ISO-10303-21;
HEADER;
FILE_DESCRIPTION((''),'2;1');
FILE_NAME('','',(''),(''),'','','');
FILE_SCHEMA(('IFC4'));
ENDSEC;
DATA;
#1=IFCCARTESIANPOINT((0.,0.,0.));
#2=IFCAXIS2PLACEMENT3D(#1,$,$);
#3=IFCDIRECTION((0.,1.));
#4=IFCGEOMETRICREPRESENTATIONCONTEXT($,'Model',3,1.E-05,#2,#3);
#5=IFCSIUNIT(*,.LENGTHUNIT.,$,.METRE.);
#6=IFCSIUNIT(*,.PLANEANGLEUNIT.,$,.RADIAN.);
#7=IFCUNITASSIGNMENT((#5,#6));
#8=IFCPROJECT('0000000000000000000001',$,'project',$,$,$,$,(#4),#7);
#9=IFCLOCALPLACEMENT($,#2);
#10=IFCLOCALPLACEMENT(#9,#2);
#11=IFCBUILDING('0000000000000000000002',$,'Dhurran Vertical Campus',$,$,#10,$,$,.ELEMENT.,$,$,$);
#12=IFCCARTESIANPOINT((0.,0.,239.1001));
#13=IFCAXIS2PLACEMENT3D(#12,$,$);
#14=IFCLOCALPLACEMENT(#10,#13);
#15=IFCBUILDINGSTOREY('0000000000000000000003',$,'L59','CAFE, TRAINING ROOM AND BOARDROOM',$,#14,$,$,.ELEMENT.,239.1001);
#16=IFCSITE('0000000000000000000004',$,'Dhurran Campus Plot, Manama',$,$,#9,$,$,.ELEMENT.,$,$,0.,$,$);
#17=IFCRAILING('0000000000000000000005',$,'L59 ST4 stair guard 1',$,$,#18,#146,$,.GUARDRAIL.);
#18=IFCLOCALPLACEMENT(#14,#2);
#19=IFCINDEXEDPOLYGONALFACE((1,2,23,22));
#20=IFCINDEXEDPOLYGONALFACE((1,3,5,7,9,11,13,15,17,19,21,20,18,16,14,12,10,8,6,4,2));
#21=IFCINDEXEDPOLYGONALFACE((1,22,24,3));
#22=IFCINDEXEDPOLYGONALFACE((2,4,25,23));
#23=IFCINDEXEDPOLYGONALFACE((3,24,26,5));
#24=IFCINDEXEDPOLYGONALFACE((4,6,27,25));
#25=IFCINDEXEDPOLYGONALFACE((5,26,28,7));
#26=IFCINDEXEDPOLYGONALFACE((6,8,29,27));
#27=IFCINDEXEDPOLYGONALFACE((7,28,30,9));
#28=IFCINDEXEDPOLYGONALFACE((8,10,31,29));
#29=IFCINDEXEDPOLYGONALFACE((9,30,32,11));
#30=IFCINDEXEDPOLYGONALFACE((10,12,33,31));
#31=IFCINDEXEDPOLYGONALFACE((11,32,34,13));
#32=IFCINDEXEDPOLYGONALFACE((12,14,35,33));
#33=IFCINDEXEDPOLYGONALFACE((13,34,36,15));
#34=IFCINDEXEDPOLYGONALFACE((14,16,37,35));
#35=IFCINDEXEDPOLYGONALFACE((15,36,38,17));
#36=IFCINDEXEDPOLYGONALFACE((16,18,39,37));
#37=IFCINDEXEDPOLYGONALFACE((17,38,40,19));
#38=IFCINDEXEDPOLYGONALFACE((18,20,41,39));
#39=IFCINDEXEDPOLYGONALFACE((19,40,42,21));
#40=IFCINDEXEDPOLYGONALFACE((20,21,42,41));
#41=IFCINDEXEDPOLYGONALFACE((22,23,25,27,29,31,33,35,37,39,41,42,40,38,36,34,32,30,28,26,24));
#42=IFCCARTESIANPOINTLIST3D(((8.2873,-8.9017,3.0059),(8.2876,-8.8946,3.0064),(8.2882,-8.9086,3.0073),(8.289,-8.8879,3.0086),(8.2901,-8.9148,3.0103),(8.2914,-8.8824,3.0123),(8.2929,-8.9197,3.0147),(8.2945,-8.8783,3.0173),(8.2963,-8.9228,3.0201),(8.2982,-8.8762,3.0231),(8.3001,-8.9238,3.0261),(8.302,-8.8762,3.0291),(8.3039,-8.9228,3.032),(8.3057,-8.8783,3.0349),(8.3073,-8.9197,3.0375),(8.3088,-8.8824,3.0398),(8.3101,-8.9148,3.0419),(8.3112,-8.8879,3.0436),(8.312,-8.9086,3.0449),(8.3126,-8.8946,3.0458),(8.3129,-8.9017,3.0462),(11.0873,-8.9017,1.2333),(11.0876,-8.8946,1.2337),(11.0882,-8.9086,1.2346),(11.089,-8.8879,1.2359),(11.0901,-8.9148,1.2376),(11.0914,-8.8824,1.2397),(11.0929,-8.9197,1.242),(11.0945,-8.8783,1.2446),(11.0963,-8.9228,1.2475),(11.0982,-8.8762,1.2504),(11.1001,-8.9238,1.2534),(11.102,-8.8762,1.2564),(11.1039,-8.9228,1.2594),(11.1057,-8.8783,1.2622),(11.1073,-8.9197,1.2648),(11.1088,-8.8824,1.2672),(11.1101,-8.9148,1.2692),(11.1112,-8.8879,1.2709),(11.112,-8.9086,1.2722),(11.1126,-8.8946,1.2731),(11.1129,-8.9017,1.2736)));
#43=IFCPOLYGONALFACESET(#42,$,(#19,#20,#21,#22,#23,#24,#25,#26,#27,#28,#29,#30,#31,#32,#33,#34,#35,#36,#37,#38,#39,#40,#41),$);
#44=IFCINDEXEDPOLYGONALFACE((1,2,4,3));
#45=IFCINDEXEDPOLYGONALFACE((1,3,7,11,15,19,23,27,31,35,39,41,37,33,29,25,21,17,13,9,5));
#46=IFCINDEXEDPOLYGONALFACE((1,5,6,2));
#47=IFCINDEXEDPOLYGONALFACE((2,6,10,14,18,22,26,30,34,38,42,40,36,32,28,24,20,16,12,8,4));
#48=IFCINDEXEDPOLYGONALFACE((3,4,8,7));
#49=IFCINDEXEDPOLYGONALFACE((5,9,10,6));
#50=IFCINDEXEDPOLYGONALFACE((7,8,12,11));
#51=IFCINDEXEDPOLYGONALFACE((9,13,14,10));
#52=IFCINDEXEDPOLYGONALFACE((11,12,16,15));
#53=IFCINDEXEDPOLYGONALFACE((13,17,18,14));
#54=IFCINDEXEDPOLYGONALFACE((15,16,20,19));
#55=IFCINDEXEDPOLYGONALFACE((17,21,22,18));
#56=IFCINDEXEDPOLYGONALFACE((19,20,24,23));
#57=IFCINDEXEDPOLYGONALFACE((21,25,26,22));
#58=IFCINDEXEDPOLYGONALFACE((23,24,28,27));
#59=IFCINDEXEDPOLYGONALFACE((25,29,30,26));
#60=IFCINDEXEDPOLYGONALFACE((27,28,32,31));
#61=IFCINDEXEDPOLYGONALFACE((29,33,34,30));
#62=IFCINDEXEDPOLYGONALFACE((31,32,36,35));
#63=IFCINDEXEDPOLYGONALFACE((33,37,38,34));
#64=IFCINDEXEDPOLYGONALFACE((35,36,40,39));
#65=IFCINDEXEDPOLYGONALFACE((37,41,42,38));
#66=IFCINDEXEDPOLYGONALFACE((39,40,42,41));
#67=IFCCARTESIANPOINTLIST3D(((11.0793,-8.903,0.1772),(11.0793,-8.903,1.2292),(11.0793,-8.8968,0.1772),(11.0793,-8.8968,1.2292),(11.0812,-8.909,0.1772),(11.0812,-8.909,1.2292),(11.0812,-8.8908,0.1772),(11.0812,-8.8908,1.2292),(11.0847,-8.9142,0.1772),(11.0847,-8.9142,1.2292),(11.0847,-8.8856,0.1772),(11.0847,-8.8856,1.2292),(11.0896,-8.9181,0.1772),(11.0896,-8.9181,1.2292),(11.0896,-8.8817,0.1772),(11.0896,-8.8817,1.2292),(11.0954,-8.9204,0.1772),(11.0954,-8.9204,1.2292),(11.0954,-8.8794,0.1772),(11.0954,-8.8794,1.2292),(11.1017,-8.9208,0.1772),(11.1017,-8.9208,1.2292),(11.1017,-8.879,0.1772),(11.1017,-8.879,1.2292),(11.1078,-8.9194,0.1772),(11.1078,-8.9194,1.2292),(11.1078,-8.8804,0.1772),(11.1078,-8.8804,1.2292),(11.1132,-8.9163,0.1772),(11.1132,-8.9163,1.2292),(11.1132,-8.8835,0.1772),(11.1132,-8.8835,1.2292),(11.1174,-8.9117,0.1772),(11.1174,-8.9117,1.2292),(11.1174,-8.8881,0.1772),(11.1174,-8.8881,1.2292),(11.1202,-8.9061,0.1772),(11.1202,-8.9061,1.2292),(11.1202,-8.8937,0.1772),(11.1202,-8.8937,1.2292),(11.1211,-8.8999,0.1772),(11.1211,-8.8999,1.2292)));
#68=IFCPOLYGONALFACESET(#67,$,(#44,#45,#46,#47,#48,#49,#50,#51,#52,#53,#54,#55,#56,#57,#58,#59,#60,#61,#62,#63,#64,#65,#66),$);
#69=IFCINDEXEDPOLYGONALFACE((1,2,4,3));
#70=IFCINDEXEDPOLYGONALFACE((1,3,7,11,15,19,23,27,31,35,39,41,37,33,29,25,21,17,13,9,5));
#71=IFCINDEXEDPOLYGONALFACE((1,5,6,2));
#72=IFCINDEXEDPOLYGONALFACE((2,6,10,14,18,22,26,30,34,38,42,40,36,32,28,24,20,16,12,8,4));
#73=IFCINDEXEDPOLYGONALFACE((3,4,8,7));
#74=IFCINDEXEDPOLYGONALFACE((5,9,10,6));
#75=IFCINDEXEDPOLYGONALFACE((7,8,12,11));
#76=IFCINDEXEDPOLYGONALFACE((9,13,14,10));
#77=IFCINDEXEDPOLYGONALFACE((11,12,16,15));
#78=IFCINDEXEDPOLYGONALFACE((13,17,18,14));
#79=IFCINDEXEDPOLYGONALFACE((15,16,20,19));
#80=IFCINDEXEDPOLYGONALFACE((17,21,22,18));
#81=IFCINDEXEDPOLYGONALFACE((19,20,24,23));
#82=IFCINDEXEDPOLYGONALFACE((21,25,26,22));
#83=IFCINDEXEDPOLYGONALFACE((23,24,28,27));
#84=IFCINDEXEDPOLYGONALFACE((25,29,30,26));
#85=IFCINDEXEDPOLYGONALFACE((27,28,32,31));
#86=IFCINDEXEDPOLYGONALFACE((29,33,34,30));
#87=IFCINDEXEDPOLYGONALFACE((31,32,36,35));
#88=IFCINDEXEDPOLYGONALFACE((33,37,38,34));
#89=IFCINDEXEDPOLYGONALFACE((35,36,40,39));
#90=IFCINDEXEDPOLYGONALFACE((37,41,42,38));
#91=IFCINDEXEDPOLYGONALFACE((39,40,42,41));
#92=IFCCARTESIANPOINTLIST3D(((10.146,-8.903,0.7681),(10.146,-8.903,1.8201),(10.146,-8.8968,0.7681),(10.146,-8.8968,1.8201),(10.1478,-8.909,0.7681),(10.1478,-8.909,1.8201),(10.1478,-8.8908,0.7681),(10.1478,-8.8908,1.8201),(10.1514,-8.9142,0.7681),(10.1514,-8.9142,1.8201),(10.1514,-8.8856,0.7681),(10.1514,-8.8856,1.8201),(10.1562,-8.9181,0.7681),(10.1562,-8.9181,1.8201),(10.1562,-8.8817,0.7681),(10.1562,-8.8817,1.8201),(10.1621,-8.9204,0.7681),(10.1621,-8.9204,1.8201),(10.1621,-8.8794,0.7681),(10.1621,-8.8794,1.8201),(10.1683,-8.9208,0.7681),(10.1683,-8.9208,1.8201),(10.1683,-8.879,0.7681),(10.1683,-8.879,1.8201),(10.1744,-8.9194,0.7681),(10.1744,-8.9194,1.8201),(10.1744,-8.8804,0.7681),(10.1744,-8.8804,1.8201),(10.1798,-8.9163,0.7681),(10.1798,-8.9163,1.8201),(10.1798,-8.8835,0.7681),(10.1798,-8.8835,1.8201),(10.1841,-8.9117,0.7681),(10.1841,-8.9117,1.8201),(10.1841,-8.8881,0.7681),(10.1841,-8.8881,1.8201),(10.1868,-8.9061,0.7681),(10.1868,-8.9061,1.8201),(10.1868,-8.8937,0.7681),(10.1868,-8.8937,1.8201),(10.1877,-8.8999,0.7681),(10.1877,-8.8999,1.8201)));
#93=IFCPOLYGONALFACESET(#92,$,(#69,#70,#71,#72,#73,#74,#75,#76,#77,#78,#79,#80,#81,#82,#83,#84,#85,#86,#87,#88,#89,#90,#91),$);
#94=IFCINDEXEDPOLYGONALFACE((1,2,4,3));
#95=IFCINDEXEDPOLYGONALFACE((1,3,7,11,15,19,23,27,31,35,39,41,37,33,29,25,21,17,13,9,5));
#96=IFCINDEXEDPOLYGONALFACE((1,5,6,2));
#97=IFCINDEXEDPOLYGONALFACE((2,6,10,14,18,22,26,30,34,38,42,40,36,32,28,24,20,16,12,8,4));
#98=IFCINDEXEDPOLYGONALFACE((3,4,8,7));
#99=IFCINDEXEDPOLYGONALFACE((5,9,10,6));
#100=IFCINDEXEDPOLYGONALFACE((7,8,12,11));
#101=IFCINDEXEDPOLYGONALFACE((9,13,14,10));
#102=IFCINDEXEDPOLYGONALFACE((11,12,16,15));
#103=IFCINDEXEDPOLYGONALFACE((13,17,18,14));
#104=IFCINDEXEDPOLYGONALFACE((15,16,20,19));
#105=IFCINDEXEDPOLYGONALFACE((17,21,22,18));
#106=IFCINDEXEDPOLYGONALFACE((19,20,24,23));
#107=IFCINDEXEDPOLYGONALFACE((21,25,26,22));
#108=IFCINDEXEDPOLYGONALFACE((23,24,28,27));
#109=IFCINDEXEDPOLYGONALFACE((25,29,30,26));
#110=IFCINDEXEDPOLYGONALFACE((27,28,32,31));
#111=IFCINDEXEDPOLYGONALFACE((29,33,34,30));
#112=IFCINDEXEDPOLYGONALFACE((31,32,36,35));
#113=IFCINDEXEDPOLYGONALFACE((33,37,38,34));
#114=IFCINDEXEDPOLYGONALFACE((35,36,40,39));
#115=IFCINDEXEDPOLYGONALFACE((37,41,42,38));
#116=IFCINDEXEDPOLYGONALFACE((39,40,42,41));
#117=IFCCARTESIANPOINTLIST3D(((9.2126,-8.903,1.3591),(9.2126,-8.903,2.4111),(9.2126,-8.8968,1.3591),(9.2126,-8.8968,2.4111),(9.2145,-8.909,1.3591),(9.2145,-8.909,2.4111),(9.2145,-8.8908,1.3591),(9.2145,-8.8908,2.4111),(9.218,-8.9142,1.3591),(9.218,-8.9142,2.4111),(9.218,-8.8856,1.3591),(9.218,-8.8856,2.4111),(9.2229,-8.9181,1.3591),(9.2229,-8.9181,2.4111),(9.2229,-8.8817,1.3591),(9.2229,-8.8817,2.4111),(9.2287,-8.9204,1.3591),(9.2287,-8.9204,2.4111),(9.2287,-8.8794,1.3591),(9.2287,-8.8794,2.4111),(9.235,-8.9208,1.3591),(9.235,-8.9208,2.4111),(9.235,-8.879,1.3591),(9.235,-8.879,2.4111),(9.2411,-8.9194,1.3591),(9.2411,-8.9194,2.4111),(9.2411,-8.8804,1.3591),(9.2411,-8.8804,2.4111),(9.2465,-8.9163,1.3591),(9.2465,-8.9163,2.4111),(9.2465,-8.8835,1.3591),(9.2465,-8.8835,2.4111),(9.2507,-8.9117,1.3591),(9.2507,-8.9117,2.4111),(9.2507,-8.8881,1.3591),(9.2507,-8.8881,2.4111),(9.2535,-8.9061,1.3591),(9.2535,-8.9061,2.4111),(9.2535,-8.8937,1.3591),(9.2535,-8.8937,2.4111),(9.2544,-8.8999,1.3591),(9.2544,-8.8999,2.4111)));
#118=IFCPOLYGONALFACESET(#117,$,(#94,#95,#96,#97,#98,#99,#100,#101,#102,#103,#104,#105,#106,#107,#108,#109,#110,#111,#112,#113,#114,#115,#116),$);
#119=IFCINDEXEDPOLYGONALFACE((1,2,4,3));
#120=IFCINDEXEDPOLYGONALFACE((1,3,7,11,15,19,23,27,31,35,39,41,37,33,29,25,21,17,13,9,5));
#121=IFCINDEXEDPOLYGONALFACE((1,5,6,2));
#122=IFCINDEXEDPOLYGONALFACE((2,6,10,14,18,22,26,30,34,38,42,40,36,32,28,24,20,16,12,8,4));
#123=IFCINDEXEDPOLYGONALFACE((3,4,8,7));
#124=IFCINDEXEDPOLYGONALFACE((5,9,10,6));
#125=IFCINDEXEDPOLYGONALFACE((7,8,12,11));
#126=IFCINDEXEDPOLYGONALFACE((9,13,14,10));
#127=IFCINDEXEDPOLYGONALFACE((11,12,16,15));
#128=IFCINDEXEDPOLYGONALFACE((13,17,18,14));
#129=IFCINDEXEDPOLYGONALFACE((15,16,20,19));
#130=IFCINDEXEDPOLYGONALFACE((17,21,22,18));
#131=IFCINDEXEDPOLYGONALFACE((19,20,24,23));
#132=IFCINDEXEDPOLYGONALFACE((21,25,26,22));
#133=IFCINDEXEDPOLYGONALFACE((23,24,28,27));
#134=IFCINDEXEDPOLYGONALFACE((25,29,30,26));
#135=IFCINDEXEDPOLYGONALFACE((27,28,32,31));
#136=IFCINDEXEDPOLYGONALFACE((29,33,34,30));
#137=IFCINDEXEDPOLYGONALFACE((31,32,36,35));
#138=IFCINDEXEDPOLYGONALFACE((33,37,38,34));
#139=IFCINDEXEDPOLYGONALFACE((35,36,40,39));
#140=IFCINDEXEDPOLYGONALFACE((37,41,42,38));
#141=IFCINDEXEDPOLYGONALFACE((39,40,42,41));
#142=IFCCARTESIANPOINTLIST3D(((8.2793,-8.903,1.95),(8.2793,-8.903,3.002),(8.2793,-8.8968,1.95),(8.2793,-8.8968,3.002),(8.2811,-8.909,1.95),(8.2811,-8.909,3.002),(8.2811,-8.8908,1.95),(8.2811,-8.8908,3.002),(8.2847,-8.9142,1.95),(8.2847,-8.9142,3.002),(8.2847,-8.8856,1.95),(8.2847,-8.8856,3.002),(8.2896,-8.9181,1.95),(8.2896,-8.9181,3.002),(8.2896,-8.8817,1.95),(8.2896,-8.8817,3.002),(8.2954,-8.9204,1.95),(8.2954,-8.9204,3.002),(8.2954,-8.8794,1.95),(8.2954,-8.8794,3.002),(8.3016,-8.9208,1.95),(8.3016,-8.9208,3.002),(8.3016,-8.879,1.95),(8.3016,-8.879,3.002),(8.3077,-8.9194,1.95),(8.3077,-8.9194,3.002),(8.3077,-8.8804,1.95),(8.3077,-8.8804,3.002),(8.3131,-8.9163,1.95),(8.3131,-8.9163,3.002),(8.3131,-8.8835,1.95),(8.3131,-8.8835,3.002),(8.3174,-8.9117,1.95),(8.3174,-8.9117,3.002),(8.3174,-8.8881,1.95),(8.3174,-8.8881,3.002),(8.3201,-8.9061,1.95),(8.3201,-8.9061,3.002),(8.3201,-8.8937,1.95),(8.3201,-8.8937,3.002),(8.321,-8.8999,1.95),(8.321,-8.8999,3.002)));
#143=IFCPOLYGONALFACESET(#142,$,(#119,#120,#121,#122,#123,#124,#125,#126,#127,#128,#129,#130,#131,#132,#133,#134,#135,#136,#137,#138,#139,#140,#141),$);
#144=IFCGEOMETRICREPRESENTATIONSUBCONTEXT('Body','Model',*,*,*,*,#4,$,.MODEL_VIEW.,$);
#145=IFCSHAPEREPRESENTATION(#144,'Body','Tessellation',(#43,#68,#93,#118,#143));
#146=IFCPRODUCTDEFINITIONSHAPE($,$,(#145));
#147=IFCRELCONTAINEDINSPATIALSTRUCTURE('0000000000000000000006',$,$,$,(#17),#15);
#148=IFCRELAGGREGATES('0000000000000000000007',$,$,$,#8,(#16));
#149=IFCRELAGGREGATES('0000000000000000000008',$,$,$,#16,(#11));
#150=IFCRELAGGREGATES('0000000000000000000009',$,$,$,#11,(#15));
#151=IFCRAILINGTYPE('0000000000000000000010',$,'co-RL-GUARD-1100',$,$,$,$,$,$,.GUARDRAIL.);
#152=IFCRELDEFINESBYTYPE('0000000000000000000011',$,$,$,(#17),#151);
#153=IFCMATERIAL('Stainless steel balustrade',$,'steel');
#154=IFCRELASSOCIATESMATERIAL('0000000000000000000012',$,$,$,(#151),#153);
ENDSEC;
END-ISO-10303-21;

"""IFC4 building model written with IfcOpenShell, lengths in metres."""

from ifc_helpers import new_model, si_unit, direction, frame, origin, origin_2d, place, context, subcontext, project, spatial, circle, extrude, material, type_object, element, save


model = new_model("IFC4")

# Units and contexts
model_context = context("Model", 3, precision=1e-05, world=origin(), true_north=direction((0.0, 1.0)))
body_context = subcontext(model_context, "Body", "Model", "MODEL_VIEW")
ifc_project = project(units=[si_unit("LENGTHUNIT", "METRE"), si_unit("PLANEANGLEUNIT", "RADIAN")], contexts=[model_context])

# Site, building, storey
site_placement = place(None, origin())
site = spatial("IfcSite", under=ifc_project, at=site_placement, Name="Dhurran Campus Plot, Manama", CompositionType="ELEMENT", RefElevation=0.0)
building_placement = place(site_placement, origin())
building = spatial("IfcBuilding", under=site, at=building_placement, Name="Dhurran Vertical Campus", CompositionType="ELEMENT")
storey_placement = place(building_placement, frame((0.0, 0.0, 239.1001)))
storey = spatial("IfcBuildingStorey", under=building, at=storey_placement, Name="L59", Description="CAFE, TRAINING ROOM AND BOARDROOM", CompositionType="ELEMENT", Elevation=239.1001)

# Railing
ifc_material_1 = material(Name="Stainless steel balustrade", Category="steel")
railing_type_1 = type_object("IfcRailingType", Name="co-RL-GUARD-1100", PredefinedType="GUARDRAIL", material=ifc_material_1)
railing_1_placement = place(storey_placement, frame((11.1001, -8.8999, 0.1772)))
element("IfcRailing", 1, at=railing_1_placement, inside=storey, type_object=railing_type_1, Name="L59 ST4 stair guard 1", PredefinedType="GUARDRAIL", context=body_context, shape_type="SweptSolid", body=[
    extrude(circle(Radius=0.0239, at=origin_2d()), frame((0.0, 0.0, 1.0762), z_axis=(-0.844909, 0.0, 0.53491), x_axis=(0.0, -1.0, 0.0)), (0.0, 0.0, 1.0), 3.314),
    extrude(circle(Radius=0.021, at=origin_2d()), origin(), (0.0, 0.0, 1.0), 1.052),
    extrude(circle(Radius=0.021, at=origin_2d()), frame((-0.9333, 0.0, 0.5908)), (0.0, 0.0, 1.0), 1.052),
    extrude(circle(Radius=0.021, at=origin_2d()), frame((-1.8667, 0.0, 1.1819)), (0.0, 0.0, 1.0), 1.052),
    extrude(circle(Radius=0.021, at=origin_2d()), frame((-2.8, 0.0, 1.7727)), (0.0, 0.0, 1.0), 1.052),
])

save(model, "model.ifc")
